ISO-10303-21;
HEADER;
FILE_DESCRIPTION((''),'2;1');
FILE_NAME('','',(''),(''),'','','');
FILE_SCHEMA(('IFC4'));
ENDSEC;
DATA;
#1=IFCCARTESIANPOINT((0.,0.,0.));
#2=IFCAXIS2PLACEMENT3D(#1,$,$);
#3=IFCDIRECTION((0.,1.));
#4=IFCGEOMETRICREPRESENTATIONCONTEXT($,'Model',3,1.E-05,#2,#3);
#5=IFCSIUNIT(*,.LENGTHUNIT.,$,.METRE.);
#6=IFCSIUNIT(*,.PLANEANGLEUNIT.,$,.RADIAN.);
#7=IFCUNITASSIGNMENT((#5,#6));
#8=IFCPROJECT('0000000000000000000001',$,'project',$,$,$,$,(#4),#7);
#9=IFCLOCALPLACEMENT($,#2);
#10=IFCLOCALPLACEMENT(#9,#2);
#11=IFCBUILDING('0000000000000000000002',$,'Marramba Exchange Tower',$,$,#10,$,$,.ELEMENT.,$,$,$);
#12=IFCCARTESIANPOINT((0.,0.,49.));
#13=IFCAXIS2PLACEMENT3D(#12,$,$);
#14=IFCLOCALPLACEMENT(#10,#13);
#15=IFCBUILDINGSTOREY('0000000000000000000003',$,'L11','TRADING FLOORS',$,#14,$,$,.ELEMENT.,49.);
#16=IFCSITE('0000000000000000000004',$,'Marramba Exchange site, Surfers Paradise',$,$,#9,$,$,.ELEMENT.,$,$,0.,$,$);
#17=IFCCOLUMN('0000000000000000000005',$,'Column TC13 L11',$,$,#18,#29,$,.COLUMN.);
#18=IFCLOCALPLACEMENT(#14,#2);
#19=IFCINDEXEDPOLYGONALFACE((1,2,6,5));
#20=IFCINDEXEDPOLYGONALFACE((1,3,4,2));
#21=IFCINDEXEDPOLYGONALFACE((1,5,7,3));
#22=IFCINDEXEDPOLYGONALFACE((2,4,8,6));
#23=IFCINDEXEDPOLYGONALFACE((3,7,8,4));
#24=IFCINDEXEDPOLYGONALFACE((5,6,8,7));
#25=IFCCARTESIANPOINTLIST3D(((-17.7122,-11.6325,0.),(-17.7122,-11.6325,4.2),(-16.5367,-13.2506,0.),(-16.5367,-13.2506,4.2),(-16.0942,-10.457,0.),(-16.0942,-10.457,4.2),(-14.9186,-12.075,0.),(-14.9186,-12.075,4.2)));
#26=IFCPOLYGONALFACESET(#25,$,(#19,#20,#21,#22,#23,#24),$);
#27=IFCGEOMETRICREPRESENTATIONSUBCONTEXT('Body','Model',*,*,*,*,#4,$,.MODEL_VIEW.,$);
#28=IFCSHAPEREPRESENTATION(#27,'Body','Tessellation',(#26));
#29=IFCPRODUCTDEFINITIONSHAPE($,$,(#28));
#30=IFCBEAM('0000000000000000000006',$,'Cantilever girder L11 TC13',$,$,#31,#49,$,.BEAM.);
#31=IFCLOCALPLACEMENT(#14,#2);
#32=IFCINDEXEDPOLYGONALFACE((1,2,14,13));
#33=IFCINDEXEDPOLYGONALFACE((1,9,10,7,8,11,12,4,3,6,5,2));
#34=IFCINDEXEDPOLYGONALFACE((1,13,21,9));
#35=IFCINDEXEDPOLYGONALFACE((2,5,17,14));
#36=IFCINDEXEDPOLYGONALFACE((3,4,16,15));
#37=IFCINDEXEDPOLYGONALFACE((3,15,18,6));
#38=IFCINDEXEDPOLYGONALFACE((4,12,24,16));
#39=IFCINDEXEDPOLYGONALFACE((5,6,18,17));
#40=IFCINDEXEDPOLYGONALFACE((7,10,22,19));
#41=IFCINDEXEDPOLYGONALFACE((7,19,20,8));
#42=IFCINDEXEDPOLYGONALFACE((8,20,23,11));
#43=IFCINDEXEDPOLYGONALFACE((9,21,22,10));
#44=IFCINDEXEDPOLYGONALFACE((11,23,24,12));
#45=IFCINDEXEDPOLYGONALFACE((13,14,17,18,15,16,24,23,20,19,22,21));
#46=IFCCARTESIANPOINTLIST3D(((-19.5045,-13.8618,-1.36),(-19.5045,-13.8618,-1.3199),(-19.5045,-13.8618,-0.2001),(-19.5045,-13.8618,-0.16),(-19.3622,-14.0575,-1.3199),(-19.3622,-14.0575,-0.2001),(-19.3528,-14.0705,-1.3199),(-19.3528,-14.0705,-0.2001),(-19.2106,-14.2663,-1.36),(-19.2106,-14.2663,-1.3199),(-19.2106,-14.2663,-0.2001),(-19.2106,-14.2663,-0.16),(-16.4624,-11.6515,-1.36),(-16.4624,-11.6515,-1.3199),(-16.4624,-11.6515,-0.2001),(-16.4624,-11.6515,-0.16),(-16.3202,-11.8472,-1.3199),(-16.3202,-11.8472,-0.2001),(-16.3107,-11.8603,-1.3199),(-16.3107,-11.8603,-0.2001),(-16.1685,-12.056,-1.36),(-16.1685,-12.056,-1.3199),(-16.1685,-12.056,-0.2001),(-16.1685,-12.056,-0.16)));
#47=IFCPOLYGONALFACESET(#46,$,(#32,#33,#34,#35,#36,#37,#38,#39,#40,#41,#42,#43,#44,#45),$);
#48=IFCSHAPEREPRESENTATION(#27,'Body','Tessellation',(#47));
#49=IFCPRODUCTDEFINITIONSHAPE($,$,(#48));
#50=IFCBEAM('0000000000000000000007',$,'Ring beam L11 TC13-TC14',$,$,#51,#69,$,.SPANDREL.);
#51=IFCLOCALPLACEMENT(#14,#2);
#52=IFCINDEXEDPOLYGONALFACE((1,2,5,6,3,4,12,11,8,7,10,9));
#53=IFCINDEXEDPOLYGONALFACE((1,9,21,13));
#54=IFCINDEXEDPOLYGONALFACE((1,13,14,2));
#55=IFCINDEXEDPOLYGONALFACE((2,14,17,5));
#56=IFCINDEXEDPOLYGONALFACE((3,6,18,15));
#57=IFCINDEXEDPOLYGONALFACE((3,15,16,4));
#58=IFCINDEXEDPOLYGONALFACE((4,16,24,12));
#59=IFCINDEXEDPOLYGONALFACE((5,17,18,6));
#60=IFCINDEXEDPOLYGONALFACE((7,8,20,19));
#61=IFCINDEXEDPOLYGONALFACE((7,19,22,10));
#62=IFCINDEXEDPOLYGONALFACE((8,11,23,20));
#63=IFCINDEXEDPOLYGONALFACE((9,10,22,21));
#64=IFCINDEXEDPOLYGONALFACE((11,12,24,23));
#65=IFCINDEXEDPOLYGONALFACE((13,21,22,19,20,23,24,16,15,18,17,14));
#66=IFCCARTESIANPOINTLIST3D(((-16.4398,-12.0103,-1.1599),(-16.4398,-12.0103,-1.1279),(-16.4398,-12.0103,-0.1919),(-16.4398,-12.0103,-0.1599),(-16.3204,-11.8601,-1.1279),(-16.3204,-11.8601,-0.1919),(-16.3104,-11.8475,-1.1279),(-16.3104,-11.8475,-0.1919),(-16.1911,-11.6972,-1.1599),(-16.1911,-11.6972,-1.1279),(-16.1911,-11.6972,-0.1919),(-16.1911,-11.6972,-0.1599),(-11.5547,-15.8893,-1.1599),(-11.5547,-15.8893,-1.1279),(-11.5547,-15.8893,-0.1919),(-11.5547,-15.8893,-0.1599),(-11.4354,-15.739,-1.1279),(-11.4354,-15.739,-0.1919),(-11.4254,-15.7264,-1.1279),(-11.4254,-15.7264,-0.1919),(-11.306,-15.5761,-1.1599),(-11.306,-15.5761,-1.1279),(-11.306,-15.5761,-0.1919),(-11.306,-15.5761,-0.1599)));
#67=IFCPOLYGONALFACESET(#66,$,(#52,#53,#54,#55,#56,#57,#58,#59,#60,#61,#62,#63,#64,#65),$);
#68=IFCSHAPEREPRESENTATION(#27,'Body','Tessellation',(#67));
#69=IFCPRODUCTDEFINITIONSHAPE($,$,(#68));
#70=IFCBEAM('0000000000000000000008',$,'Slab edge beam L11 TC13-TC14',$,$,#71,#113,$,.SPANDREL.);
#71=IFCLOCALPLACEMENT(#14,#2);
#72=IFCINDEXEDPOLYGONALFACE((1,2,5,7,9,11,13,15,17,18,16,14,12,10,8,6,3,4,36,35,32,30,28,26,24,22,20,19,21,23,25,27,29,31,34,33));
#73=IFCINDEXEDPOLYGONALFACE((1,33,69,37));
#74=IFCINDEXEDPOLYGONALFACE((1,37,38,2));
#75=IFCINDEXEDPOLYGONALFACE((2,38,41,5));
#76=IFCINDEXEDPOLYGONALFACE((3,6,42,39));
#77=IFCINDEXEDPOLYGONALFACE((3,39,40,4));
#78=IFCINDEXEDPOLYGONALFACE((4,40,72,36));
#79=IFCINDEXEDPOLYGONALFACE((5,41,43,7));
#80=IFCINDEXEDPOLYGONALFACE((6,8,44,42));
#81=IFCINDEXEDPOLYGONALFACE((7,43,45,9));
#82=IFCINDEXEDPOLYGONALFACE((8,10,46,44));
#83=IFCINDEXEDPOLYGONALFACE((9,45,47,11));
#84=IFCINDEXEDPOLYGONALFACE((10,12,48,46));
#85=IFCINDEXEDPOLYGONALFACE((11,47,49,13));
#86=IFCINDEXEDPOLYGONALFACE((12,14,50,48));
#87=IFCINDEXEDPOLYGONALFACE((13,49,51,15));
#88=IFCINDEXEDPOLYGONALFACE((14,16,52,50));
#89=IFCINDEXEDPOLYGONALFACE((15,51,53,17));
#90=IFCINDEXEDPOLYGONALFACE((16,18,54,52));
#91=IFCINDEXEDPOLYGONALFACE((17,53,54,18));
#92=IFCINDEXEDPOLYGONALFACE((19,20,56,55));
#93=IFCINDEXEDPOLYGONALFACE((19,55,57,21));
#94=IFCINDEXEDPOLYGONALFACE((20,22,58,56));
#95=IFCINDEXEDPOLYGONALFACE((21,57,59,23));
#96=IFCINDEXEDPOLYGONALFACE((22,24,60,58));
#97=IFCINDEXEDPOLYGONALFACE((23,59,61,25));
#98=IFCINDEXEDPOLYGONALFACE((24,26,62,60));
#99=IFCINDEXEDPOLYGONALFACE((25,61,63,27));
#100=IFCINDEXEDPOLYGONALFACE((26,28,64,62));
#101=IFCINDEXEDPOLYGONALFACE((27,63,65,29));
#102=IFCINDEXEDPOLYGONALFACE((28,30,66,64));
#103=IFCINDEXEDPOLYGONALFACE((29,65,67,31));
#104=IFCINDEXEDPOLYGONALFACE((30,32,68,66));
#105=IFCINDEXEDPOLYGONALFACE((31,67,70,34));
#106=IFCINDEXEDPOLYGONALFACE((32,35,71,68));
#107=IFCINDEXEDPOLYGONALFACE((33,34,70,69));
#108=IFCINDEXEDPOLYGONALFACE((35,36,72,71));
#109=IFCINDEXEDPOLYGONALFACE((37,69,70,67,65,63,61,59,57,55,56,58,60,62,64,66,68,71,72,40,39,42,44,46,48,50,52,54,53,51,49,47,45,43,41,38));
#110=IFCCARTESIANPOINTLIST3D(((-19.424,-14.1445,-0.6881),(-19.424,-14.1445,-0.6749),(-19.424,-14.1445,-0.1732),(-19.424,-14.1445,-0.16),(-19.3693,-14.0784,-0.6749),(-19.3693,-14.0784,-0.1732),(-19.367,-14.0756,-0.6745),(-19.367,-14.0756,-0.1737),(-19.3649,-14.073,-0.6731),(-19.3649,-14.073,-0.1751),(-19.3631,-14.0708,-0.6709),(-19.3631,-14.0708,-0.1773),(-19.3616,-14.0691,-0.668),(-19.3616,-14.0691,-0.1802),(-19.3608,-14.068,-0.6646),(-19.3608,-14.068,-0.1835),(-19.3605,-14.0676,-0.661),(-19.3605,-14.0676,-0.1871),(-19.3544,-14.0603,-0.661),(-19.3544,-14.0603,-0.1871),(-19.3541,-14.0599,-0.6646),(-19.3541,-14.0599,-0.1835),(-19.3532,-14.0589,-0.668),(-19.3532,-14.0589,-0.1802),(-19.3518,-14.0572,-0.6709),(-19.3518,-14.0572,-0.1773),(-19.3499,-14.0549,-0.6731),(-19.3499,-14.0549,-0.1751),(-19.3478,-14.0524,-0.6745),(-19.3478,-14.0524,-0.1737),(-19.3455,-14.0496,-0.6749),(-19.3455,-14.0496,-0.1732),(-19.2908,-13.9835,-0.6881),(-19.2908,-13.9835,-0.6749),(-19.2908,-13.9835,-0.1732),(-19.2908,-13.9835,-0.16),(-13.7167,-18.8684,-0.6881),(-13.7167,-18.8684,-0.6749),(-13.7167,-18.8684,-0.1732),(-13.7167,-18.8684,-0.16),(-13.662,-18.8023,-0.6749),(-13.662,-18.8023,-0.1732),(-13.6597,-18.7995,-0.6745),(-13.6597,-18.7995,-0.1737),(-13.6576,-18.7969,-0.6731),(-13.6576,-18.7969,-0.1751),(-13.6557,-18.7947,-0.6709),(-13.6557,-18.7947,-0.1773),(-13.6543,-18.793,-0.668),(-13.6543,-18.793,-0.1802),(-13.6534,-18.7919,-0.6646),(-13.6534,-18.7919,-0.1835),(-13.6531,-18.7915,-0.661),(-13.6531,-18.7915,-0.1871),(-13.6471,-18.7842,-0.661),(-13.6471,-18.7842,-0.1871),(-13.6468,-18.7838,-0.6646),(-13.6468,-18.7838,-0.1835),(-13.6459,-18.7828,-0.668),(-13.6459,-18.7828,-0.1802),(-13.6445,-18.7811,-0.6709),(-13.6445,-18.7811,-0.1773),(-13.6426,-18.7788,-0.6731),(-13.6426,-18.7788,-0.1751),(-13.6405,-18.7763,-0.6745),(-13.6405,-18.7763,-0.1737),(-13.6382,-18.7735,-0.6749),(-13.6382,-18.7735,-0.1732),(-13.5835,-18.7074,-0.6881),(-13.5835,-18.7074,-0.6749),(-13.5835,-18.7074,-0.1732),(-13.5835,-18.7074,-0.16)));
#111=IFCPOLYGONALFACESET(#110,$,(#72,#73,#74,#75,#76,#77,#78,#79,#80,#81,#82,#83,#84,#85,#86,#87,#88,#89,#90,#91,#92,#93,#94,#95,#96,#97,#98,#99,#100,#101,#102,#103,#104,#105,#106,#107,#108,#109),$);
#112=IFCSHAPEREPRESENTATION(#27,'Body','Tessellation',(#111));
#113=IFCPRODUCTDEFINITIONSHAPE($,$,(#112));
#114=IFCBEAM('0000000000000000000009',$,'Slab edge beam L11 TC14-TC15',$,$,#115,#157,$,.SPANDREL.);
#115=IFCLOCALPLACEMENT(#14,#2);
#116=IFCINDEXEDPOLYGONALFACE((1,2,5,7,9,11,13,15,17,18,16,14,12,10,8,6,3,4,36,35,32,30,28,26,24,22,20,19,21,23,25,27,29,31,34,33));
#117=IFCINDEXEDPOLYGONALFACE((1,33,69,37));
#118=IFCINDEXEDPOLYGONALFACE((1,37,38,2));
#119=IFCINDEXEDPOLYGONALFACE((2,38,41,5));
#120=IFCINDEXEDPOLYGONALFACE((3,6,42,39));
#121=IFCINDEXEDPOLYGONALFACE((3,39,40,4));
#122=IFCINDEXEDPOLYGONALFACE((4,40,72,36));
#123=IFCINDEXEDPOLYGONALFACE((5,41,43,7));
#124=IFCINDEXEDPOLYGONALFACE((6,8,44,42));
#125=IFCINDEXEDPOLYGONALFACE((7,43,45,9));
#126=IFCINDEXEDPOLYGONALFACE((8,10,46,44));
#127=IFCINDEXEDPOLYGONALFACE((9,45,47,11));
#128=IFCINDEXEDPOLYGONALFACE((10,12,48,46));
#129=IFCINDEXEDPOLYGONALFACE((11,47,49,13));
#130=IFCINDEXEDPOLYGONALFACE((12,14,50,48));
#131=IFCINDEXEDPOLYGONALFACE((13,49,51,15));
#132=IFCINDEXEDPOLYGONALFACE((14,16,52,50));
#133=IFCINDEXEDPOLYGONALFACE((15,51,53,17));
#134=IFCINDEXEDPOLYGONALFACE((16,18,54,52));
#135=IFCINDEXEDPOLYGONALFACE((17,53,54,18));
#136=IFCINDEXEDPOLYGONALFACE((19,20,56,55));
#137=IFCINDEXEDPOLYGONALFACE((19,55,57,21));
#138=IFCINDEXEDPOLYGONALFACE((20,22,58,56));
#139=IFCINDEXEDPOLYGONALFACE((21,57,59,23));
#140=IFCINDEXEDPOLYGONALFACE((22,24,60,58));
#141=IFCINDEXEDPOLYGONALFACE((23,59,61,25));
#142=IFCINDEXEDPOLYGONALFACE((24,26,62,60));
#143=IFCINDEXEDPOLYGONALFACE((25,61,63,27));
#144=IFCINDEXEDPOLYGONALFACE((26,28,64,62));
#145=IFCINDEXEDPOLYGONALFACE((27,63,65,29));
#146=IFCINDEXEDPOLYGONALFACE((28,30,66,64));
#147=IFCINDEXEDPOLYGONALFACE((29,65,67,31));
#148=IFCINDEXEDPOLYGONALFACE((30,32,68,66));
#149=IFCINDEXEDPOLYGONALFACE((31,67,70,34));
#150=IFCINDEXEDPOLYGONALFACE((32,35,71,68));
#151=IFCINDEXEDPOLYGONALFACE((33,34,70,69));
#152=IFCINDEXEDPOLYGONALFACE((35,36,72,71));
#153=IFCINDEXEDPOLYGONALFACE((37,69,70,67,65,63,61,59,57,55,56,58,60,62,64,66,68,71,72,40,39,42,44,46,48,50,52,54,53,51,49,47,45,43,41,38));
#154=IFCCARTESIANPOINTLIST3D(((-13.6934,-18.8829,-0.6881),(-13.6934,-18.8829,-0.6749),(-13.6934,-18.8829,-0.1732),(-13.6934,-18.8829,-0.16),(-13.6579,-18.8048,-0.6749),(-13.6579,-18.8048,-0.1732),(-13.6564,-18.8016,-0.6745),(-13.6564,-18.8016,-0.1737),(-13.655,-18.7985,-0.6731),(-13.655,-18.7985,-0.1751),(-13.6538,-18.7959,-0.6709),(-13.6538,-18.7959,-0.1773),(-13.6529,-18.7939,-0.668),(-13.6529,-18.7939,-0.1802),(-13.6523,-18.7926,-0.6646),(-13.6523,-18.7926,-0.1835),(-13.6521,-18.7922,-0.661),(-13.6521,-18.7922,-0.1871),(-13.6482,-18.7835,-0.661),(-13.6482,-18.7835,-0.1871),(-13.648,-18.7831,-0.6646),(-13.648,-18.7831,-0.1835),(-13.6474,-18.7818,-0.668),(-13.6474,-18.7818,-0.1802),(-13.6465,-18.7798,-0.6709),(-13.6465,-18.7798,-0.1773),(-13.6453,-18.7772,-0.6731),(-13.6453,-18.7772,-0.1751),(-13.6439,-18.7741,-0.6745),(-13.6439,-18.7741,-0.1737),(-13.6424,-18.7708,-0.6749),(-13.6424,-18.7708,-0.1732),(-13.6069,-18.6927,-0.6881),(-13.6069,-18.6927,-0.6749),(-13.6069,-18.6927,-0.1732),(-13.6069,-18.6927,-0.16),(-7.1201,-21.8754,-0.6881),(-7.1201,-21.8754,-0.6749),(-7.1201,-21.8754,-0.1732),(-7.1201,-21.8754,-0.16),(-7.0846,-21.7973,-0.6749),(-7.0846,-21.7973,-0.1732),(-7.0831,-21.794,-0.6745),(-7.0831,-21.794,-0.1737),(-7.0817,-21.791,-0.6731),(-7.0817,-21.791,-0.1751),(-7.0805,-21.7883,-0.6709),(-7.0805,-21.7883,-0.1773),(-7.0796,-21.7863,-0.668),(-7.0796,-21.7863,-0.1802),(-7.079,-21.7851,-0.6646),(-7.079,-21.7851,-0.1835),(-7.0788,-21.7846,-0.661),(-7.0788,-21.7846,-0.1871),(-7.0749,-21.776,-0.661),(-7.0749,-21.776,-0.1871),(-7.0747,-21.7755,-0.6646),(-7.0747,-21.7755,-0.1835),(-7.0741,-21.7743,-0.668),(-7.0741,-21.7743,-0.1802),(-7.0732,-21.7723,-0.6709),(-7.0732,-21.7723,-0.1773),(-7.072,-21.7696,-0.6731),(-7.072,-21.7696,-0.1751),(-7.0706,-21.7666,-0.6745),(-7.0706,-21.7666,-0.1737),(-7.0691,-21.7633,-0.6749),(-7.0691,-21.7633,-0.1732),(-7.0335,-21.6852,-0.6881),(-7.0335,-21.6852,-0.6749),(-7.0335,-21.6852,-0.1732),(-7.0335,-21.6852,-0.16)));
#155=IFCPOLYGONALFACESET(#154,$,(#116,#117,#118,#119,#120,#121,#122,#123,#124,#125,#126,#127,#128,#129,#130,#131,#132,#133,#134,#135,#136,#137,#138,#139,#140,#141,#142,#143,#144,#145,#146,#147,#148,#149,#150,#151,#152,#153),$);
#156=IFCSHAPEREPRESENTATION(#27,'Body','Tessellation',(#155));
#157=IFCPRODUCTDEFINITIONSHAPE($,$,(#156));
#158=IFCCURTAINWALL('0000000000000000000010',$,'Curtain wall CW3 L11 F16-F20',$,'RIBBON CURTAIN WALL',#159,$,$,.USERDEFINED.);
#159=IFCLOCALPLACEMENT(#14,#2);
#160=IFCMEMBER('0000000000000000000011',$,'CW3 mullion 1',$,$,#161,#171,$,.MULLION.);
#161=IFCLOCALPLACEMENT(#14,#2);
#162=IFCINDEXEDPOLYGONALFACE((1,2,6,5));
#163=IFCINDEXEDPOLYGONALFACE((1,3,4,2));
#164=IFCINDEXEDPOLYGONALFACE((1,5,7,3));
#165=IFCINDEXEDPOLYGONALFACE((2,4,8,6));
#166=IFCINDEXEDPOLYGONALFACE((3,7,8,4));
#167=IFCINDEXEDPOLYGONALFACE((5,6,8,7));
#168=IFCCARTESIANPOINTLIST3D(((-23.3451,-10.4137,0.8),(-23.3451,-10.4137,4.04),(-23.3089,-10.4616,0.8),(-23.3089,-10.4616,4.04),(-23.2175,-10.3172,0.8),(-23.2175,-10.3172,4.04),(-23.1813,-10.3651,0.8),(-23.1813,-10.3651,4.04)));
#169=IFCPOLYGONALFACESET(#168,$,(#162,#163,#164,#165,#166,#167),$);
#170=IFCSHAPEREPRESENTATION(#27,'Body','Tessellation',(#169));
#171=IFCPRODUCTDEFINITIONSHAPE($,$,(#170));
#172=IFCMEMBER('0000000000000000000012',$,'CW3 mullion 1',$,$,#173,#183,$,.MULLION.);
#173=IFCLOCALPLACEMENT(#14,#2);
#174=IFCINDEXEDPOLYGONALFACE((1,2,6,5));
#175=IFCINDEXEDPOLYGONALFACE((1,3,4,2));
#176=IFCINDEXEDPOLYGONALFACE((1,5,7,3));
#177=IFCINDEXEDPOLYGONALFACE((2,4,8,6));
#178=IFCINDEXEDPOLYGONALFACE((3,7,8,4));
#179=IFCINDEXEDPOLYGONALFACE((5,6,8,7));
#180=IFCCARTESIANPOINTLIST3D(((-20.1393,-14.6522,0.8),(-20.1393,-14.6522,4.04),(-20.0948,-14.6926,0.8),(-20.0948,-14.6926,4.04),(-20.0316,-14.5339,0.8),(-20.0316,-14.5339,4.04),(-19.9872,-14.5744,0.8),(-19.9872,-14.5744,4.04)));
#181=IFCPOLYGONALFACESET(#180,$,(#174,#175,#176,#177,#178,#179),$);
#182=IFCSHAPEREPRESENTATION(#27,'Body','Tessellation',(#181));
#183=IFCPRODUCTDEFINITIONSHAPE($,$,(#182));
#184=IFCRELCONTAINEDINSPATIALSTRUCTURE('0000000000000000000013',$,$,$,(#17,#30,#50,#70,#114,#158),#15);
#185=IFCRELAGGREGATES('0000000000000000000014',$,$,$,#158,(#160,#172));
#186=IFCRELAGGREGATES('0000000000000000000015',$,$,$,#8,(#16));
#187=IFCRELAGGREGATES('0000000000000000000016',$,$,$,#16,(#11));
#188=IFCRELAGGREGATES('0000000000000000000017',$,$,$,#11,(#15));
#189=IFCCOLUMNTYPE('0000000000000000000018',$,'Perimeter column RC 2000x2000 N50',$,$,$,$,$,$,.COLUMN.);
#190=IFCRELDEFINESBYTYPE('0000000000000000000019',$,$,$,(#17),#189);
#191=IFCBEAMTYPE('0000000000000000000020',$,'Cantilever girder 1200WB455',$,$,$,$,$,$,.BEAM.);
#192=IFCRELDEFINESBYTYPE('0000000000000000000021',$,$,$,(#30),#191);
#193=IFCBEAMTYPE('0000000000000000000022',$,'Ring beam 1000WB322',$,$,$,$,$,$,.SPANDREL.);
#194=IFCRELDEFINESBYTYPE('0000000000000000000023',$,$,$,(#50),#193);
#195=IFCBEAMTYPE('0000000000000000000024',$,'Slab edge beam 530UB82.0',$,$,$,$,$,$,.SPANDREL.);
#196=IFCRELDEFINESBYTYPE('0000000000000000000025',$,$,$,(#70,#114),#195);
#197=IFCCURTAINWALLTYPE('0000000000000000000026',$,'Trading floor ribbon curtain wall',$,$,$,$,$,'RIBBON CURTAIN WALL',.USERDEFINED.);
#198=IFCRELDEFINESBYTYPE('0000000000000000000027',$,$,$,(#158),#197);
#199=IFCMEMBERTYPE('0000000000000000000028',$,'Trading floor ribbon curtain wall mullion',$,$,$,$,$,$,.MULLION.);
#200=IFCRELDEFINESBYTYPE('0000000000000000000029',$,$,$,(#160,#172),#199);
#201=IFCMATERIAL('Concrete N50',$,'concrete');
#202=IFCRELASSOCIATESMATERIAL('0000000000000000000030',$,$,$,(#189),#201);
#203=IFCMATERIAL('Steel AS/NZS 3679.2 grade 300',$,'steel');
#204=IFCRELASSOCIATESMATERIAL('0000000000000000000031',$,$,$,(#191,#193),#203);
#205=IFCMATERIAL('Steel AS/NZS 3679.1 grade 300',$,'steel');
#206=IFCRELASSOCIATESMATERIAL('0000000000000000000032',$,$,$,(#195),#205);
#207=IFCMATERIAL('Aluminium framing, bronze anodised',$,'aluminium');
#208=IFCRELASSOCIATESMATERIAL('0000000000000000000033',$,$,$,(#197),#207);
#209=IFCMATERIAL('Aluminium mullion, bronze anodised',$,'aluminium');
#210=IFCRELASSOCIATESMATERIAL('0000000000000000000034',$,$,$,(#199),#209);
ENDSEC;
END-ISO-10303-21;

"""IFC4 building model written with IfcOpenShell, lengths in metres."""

from ifc_helpers import new_model, si_unit, direction, frame, origin, origin_2d, place, context, subcontext, project, spatial, rectangle, i_section, extrude, material, material_profile, profile_set, type_object, element, aggregate, save


model = new_model("IFC4")

# Units and contexts
model_context = context("Model", 3, precision=1e-05, world=origin(), true_north=direction((0.0, 1.0)))
body_context = subcontext(model_context, "Body", "Model", "MODEL_VIEW")
ifc_project = project(units=[si_unit("LENGTHUNIT", "METRE"), si_unit("PLANEANGLEUNIT", "RADIAN")], contexts=[model_context])

# Site, building, storey
site_placement = place(None, origin())
site = spatial("IfcSite", under=ifc_project, at=site_placement, Name="Marramba Exchange site, Surfers Paradise", CompositionType="ELEMENT", RefElevation=0.0)
building_placement = place(site_placement, origin())
building = spatial("IfcBuilding", under=site, at=building_placement, Name="Marramba Exchange Tower", CompositionType="ELEMENT")
storey_placement = place(building_placement, frame((0.0, 0.0, 49.0)))
storey = spatial("IfcBuildingStorey", under=building, at=storey_placement, Name="L11", Description="TRADING FLOORS", CompositionType="ELEMENT", Elevation=49.0)

# Column
ifc_material_1 = material(Name="Concrete N50", Category="concrete")
ifc_material_profile_1 = material_profile(ifc_material_1, rectangle(XDim=2.0, YDim=2.0, at=origin_2d()), Name="RC 2000x2000")
ifc_profile_set_1 = profile_set([ifc_material_profile_1], Name="Concrete N50")
column_type = type_object("IfcColumnType", Name="Perimeter column RC 2000x2000 N50", PredefinedType="COLUMN", material=ifc_profile_set_1)
column_placement = place(storey_placement, frame((-16.3154, -11.8538, 0.0), z_axis=(0.0, 0.0, 1.0), x_axis=(-0.809017, -0.587785, 0.0)))
element("IfcColumn", 1, at=column_placement, inside=storey, type_object=column_type, Name="Column TC13 L11", PredefinedType="COLUMN", context=body_context, shape_type="SweptSolid", body=[
    extrude(rectangle(XDim=2.0, YDim=2.0, at=origin_2d()), origin(), (0.0, 0.0, 1.0), 4.2),
])

# Beams
ifc_material_2 = material(Name="Steel AS/NZS 3679.2 grade 300", Category="steel")
ifc_material_profile_2 = material_profile(ifc_material_2, i_section(OverallWidth=0.5, OverallDepth=1.2, WebThickness=0.0161, FlangeThickness=0.04, at=origin_2d()), Name="1200WB455")
ifc_profile_set_2 = profile_set([ifc_material_profile_2], Name="Steel AS/NZS 3679.2 grade 300")
beam_type_1 = type_object("IfcBeamType", Name="Cantilever girder 1200WB455", PredefinedType="BEAM", material=ifc_profile_set_2)
beam_1_placement = place(storey_placement, frame((-16.3154, -11.8538, -0.76), z_axis=(-0.809008, -0.587797, 0.0), x_axis=(0.587797, -0.809008, 0.0)))
element("IfcBeam", 2, at=beam_1_placement, inside=storey, type_object=beam_type_1, Name="Cantilever girder L11 TC13", PredefinedType="BEAM", context=body_context, shape_type="SweptSolid", body=[
    extrude(i_section(OverallWidth=0.5, OverallDepth=1.2, WebThickness=0.0161, FlangeThickness=0.04, at=origin_2d()), origin(), (0.0, 0.0, 1.0), 3.7603),
])
ifc_material_profile_3 = material_profile(ifc_material_2, i_section(OverallWidth=0.3999, OverallDepth=1.0, WebThickness=0.0161, FlangeThickness=0.032, at=origin_2d()), Name="1000WB322")
ifc_profile_set_3 = profile_set([ifc_material_profile_3], Name="Steel AS/NZS 3679.2 grade 300")
beam_type_2 = type_object("IfcBeamType", Name="Ring beam 1000WB322", PredefinedType="SPANDREL", material=ifc_profile_set_3)
beam_2_placement = place(storey_placement, frame((-16.3154, -11.8538, -0.6599), z_axis=(0.783139, -0.621846, 0.0), x_axis=(0.621846, 0.783139, 0.0)))
element("IfcBeam", 3, at=beam_2_placement, inside=storey, type_object=beam_type_2, Name="Ring beam L11 TC13-TC14", PredefinedType="SPANDREL", context=body_context, shape_type="SweptSolid", body=[
    extrude(i_section(OverallWidth=0.3999, OverallDepth=1.0, WebThickness=0.0161, FlangeThickness=0.032, at=origin_2d()), origin(), (0.0, 0.0, 1.0), 6.2378),
])
ifc_material_3 = material(Name="Steel AS/NZS 3679.1 grade 300", Category="steel")
ifc_material_profile_4 = material_profile(ifc_material_3, i_section(OverallWidth=0.209, OverallDepth=0.5281, WebThickness=0.0095, FlangeThickness=0.0132, FilletRadius=0.0139, at=origin_2d()), Name="530UB82.0")
ifc_profile_set_4 = profile_set([ifc_material_profile_4], Name="Steel AS/NZS 3679.1 grade 300")
beam_type_3 = type_object("IfcBeamType", Name="Slab edge beam 530UB82.0", PredefinedType="SPANDREL", material=ifc_profile_set_4)
beam_3_placement = place(storey_placement, frame((-19.3574, -14.064, -0.4241), z_axis=(0.770354, -0.637617, 0.0), x_axis=(0.637617, 0.770354, 0.0)))
element("IfcBeam", 4, at=beam_3_placement, inside=storey, type_object=beam_type_3, Name="Slab edge beam L11 TC13-TC14", PredefinedType="SPANDREL", context=body_context, shape_type="SweptSolid", body=[
    extrude(i_section(OverallWidth=0.209, OverallDepth=0.5281, WebThickness=0.0095, FlangeThickness=0.0132, FilletRadius=0.0139, at=origin_2d()), origin(), (0.0, 0.0, 1.0), 7.4087),
])
beam_4_placement = place(storey_placement, frame((-13.6501, -18.7878, -0.4241), z_axis=(0.910127, -0.41433, 0.0), x_axis=(0.41433, 0.910127, 0.0)))
element("IfcBeam", 5, at=beam_4_placement, inside=storey, type_object=beam_type_3, Name="Slab edge beam L11 TC14-TC15", PredefinedType="SPANDREL", context=body_context, shape_type="SweptSolid", body=[
    extrude(i_section(OverallWidth=0.209, OverallDepth=0.5281, WebThickness=0.0095, FlangeThickness=0.0132, FilletRadius=0.0139, at=origin_2d()), origin(), (0.0, 0.0, 1.0), 7.2224),
])

# Curtain wall, members
ifc_material_4 = material(Name="Aluminium framing, bronze anodised", Category="aluminium")
curtain_wall_type = type_object("IfcCurtainWallType", Name="Trading floor ribbon curtain wall", ElementType="RIBBON CURTAIN WALL", PredefinedType="USERDEFINED", material=ifc_material_4)
curtain_wall_placement = place(storey_placement, origin())
curtain_wall = element("IfcCurtainWall", 6, at=curtain_wall_placement, inside=storey, type_object=curtain_wall_type, Name="Curtain wall CW3 L11 F16-F20", ObjectType="RIBBON CURTAIN WALL", PredefinedType="USERDEFINED")
ifc_material_5 = material(Name="Aluminium mullion, bronze anodised", Category="aluminium")
ifc_material_profile_5 = material_profile(ifc_material_5, rectangle(XDim=0.1599, YDim=0.0601, at=origin_2d()), Name="CW3 mullion 60x160")
ifc_profile_set_5 = profile_set([ifc_material_profile_5], Name="Aluminium mullion, bronze anodised")
member_type_1 = type_object("IfcMemberType", Name="Trading floor ribbon curtain wall mullion", PredefinedType="MULLION", material=ifc_profile_set_5)
member_1_placement = place(storey_placement, frame((-23.2632, -10.3894, 0.8), z_axis=(0.0, 0.0, 1.0), x_axis=(0.797711, 0.60304, 0.0)))
member_1 = element("IfcMember", 7, at=member_1_placement, type_object=member_type_1, Name="CW3 mullion 1", PredefinedType="MULLION", context=body_context, shape_type="SweptSolid", body=[
    extrude(rectangle(XDim=0.1599, YDim=0.0601, at=origin_2d()), origin(), (0.0, 0.0, 1.0), 3.24),
])
member_2_placement = place(storey_placement, frame((-20.0632, -14.6133, 0.8), z_axis=(0.0, 0.0, 1.0), x_axis=(0.673058, 0.73959, 0.0)))
member_2 = element("IfcMember", 8, at=member_2_placement, type_object=member_type_1, Name="CW3 mullion 1", PredefinedType="MULLION", context=body_context, shape_type="SweptSolid", body=[
    extrude(rectangle(XDim=0.1599, YDim=0.0601, at=origin_2d()), origin(), (0.0, 0.0, 1.0), 3.24),
])
aggregate(curtain_wall, [member_1, member_2])

save(model, "model.ifc")
